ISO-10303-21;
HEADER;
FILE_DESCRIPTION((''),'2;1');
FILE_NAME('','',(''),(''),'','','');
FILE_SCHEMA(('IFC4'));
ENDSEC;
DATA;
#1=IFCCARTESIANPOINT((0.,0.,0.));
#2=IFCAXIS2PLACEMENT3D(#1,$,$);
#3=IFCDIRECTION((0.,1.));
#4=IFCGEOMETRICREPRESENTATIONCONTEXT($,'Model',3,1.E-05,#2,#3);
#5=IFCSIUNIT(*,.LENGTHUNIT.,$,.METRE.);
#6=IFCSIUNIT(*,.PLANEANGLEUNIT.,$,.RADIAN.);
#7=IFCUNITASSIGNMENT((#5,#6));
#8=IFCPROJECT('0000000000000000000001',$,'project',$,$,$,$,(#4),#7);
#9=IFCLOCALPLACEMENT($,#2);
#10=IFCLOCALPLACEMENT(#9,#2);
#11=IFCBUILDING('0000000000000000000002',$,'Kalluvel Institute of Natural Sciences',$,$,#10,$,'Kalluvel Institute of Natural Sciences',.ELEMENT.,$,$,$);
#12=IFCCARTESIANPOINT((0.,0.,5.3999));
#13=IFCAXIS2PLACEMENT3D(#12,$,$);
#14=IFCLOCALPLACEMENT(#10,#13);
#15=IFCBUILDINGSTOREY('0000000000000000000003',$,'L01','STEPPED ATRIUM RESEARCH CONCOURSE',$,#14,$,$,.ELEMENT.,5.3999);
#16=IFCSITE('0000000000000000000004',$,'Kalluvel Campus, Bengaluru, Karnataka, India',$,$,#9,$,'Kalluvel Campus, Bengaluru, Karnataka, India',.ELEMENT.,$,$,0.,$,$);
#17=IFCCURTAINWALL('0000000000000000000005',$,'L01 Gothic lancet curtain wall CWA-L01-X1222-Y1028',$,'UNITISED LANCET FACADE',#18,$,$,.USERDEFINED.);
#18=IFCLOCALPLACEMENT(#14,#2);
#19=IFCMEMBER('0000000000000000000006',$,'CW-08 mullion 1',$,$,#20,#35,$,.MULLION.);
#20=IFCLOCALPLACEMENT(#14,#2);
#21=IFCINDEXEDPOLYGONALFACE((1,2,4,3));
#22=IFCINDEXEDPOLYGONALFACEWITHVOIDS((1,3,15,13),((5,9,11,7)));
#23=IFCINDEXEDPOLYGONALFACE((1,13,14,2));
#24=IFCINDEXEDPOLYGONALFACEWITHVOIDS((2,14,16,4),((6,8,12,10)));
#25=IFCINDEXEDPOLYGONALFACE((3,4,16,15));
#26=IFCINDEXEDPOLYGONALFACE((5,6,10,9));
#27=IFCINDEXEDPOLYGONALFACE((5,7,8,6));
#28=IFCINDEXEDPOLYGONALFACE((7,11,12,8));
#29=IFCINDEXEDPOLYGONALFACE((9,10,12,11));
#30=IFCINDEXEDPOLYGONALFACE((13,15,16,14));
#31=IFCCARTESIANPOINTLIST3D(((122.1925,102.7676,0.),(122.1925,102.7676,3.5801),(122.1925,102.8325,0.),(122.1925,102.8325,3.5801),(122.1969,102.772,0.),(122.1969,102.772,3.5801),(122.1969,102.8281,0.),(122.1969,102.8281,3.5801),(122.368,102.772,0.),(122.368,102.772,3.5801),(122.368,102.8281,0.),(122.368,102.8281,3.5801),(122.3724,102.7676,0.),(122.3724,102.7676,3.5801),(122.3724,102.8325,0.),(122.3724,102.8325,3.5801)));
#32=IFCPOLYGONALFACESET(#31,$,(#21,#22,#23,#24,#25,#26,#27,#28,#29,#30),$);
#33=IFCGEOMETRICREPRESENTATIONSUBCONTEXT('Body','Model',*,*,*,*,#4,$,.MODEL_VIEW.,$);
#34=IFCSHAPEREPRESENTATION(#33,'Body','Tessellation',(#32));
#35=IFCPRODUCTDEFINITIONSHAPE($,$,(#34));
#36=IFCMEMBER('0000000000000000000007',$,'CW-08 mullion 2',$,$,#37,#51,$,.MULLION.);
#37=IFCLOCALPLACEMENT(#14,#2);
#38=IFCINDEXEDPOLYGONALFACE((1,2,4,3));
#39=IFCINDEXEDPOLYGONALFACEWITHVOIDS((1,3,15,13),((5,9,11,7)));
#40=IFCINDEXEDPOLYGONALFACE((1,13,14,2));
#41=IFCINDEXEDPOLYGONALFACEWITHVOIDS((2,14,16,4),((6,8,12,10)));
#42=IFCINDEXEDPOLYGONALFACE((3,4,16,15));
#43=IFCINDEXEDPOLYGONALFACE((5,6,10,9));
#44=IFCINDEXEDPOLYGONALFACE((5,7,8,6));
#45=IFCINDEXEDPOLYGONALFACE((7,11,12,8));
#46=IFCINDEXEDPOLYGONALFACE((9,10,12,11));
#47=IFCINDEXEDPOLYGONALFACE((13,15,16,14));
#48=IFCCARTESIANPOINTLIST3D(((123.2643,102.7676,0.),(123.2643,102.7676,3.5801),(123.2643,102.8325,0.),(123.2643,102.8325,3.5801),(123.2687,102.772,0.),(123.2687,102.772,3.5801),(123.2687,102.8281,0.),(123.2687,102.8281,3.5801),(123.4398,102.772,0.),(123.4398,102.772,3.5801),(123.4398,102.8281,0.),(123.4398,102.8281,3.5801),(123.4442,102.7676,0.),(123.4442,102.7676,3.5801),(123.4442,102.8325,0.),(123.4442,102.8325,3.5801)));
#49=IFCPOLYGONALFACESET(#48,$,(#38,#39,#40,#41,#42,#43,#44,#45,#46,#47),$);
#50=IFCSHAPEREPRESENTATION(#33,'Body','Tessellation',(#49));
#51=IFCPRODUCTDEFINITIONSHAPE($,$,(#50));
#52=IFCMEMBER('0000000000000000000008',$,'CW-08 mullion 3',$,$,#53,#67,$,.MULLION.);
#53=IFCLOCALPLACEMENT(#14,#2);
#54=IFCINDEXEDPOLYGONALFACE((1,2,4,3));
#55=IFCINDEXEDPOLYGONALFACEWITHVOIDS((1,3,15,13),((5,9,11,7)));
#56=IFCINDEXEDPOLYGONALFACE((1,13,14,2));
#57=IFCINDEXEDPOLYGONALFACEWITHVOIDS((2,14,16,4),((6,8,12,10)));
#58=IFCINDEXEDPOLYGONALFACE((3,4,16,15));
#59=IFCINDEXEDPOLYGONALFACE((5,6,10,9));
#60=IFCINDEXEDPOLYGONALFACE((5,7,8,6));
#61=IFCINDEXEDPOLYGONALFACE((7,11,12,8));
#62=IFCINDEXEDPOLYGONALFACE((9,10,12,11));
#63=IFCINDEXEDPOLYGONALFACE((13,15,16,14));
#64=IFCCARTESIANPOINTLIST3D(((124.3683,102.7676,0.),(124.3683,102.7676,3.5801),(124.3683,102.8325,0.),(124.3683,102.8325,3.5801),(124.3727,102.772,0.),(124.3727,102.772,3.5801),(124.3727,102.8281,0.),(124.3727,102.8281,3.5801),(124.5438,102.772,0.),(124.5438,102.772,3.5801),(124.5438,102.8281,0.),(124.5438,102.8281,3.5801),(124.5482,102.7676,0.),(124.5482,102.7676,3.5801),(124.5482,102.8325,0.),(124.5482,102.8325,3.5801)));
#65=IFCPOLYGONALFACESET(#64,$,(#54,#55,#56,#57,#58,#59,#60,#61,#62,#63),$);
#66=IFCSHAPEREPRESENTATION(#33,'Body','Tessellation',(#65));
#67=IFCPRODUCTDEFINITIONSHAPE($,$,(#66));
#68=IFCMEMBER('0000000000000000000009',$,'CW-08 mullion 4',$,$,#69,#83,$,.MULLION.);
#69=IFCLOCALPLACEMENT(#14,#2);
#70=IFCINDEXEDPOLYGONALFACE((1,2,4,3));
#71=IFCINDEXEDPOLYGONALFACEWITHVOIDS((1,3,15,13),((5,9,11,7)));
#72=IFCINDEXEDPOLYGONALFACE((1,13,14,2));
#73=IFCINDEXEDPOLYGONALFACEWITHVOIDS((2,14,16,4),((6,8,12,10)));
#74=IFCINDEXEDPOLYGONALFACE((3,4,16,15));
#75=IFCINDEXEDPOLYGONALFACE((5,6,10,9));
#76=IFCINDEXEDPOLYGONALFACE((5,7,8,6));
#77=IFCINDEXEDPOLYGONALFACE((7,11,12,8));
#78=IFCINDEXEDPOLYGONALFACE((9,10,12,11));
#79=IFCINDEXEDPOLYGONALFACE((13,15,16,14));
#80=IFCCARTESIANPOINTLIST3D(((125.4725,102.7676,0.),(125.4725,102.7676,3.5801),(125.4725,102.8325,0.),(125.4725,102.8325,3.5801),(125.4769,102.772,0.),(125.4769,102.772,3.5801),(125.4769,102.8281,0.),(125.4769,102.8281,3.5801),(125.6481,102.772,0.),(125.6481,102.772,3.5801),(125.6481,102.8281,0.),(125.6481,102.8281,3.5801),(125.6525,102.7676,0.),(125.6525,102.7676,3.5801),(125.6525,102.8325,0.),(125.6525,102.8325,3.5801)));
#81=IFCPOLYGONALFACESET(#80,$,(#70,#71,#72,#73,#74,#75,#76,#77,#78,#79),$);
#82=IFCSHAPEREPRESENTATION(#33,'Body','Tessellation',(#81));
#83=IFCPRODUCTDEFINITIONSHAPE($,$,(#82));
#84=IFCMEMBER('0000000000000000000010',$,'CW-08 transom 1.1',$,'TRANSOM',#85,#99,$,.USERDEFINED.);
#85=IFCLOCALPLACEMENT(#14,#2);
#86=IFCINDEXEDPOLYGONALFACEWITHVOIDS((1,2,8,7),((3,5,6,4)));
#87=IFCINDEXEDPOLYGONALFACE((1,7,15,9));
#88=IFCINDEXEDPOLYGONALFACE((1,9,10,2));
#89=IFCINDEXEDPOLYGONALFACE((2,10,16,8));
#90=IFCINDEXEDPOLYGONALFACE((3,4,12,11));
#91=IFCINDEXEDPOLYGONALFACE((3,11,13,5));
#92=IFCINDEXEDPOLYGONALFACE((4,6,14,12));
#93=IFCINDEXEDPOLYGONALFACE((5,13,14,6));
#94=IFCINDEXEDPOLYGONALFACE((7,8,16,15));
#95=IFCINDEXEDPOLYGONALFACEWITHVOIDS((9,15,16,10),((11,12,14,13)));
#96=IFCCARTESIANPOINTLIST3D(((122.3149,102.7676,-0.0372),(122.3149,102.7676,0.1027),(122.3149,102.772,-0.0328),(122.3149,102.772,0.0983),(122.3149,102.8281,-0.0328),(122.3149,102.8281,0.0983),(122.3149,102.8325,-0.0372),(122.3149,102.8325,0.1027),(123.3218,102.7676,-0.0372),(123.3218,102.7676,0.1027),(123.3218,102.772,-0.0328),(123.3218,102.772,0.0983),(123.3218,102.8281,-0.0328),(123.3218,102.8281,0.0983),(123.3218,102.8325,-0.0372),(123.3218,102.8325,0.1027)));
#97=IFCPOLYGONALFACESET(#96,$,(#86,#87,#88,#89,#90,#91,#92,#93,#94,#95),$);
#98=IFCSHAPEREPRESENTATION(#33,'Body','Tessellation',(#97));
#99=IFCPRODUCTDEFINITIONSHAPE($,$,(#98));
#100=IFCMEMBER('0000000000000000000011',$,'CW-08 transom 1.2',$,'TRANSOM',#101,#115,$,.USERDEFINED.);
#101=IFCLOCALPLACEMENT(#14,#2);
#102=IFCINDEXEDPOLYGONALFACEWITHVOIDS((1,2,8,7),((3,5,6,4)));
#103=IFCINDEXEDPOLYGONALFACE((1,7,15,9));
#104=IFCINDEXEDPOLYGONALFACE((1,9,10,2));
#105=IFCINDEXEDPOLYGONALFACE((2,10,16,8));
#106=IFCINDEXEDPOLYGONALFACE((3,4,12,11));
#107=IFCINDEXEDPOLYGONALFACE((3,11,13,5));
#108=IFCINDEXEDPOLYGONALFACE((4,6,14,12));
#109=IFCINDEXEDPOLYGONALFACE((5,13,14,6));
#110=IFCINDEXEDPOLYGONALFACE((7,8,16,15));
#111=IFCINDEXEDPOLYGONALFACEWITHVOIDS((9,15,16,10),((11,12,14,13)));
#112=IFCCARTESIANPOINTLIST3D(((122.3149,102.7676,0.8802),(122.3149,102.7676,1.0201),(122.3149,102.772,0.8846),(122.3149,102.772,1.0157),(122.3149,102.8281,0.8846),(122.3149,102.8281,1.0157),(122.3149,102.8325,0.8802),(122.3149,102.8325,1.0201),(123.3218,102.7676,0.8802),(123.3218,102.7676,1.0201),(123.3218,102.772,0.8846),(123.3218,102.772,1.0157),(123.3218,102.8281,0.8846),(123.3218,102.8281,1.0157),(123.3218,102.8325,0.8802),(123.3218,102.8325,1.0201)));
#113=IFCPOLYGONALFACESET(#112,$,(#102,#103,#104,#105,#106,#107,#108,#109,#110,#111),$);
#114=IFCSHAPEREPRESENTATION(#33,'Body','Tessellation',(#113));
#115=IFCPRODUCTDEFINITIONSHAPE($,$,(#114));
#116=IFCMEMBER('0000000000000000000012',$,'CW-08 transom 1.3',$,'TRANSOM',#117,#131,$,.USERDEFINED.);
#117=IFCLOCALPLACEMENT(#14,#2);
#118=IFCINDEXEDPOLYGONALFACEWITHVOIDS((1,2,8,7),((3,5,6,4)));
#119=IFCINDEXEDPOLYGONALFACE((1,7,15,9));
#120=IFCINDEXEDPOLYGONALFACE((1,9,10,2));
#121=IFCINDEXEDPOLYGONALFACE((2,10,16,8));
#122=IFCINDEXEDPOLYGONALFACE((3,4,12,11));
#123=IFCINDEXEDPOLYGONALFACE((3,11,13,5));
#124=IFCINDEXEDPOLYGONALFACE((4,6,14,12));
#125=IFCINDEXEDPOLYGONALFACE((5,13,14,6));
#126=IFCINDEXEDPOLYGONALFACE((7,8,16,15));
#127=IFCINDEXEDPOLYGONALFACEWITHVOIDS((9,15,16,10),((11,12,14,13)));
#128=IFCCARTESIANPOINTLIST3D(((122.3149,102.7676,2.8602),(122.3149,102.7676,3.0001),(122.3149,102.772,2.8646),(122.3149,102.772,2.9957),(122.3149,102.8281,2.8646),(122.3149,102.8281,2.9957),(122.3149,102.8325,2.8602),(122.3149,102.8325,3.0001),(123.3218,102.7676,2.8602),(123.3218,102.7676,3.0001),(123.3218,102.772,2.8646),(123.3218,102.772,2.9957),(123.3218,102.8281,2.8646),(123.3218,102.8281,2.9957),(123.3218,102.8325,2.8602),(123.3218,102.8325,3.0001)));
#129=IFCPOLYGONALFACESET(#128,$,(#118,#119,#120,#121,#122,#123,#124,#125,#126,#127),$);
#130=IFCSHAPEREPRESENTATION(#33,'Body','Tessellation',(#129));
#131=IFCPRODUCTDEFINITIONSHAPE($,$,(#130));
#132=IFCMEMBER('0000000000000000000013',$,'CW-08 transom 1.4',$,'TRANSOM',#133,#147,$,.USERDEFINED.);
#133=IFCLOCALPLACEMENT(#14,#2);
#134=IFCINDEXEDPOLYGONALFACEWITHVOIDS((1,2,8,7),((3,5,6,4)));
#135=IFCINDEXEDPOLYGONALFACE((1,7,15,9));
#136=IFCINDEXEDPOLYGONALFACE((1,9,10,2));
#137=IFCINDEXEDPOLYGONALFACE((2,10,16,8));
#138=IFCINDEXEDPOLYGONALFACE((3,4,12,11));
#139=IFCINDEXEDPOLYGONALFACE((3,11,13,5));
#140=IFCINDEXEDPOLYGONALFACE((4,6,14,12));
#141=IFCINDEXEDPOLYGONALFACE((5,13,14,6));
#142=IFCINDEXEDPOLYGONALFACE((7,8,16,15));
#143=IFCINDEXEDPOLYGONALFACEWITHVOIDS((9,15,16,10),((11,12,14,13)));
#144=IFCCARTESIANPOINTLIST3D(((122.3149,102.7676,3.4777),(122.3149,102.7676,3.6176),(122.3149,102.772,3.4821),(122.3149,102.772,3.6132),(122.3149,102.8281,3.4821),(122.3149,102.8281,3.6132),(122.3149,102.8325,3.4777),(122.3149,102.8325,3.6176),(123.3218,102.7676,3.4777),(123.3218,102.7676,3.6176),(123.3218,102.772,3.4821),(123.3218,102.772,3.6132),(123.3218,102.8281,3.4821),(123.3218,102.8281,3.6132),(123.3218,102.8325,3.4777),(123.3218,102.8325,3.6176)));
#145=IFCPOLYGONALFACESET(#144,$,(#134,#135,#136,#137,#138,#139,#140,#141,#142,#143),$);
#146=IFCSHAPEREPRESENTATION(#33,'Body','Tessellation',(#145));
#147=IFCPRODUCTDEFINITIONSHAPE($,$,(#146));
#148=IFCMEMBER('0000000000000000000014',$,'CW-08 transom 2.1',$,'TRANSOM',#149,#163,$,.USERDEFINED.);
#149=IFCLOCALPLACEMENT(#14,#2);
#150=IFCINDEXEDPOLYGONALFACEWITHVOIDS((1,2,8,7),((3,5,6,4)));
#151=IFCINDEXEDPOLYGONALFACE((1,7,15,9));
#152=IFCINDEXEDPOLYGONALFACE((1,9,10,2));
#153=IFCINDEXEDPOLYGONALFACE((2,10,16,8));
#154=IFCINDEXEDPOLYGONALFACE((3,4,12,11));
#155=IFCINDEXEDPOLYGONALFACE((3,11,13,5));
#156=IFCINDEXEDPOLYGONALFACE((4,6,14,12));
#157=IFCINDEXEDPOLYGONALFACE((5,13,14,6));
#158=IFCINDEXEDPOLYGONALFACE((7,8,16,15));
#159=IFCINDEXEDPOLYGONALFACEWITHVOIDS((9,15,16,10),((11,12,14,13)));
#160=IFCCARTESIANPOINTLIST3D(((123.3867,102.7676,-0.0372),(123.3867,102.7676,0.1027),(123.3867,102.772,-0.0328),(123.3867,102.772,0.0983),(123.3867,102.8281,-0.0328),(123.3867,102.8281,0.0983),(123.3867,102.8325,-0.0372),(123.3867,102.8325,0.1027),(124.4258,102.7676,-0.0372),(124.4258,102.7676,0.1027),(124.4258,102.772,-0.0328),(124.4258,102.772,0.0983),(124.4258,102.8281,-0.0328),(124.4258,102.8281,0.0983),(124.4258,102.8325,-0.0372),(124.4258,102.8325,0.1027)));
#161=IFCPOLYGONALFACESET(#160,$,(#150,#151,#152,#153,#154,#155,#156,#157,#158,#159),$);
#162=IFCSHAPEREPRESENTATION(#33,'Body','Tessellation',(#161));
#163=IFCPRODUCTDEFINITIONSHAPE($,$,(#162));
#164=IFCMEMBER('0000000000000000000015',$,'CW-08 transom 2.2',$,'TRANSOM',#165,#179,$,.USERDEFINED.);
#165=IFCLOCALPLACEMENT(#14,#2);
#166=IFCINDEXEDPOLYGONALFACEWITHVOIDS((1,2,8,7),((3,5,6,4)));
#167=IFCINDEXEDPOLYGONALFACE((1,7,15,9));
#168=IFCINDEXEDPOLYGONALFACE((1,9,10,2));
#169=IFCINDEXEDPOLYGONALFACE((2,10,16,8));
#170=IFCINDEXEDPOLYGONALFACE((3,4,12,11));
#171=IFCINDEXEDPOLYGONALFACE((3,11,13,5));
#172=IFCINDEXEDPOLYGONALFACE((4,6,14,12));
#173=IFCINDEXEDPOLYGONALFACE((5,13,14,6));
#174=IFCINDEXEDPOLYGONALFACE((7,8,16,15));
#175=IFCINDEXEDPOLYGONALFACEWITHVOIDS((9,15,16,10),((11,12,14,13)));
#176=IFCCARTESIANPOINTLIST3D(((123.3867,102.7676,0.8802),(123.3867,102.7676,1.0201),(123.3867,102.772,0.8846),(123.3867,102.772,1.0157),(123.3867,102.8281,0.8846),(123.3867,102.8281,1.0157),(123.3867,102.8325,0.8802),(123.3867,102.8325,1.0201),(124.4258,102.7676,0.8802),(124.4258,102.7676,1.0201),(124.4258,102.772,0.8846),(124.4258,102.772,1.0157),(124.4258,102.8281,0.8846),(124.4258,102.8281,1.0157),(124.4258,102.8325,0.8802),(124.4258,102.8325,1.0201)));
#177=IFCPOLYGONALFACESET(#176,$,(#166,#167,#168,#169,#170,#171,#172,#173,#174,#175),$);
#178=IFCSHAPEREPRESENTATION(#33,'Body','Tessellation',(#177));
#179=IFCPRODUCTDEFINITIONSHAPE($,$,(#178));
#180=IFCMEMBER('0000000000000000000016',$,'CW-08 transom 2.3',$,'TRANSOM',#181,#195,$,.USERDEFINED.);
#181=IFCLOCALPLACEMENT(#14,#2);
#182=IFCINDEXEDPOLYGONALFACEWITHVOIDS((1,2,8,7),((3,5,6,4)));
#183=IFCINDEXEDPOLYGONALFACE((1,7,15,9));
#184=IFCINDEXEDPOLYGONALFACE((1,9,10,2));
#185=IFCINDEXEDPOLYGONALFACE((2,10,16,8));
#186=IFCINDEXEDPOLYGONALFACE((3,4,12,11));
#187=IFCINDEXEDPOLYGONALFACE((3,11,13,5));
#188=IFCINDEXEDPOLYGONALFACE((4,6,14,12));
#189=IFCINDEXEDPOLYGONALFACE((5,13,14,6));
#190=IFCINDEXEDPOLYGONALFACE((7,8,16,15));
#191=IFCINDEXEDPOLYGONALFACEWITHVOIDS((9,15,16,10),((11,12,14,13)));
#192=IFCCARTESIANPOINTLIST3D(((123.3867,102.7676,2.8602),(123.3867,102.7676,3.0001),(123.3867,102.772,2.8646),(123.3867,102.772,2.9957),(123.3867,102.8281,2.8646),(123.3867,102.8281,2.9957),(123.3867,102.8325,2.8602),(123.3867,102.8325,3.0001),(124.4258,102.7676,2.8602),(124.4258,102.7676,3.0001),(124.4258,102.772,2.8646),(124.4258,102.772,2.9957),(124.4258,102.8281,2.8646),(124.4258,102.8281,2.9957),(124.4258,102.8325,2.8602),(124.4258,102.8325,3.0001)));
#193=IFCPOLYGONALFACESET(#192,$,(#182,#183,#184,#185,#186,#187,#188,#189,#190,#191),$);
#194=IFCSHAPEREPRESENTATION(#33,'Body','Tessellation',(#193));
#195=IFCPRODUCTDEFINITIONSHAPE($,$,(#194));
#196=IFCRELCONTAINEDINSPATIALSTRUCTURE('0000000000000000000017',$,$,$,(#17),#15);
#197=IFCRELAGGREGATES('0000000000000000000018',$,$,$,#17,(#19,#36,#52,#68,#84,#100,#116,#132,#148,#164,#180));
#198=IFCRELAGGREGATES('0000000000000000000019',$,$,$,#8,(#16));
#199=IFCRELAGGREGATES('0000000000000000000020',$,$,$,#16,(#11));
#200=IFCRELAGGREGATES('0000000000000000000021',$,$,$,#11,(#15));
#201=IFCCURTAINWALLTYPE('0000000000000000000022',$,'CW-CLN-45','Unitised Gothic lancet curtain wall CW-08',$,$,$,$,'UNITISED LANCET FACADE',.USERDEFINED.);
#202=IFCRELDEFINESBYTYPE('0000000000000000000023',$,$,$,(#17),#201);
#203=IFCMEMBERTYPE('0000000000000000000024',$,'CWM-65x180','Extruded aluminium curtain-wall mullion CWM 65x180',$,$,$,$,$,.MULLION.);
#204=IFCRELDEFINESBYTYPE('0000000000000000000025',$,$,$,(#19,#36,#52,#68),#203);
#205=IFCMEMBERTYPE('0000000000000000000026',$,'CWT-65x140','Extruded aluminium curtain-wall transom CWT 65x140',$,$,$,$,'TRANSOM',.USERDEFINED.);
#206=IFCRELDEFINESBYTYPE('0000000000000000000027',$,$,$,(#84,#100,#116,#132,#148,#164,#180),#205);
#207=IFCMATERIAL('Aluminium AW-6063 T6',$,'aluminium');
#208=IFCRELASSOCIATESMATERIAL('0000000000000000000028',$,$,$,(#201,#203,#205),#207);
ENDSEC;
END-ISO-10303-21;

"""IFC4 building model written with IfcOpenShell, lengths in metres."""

from ifc_helpers import new_model, si_unit, direction, frame, origin, origin_2d, place, context, subcontext, project, spatial, hollow_rectangle, extrude, material, material_profile, profile_set, type_object, element, aggregate, save


model = new_model("IFC4")

# Units and contexts
model_context = context("Model", 3, precision=1e-05, world=origin(), true_north=direction((0.0, 1.0)))
body_context = subcontext(model_context, "Body", "Model", "MODEL_VIEW")
ifc_project = project(units=[si_unit("LENGTHUNIT", "METRE"), si_unit("PLANEANGLEUNIT", "RADIAN")], contexts=[model_context])

# Site, building, storey
site_placement = place(None, origin())
site = spatial("IfcSite", under=ifc_project, at=site_placement, Name="Kalluvel Campus, Bengaluru, Karnataka, India", LongName="Kalluvel Campus, Bengaluru, Karnataka, India", CompositionType="ELEMENT", RefElevation=0.0)
building_placement = place(site_placement, origin())
building = spatial("IfcBuilding", under=site, at=building_placement, Name="Kalluvel Institute of Natural Sciences", LongName="Kalluvel Institute of Natural Sciences", CompositionType="ELEMENT")
storey_placement = place(building_placement, frame((0.0, 0.0, 5.3999)))
storey = spatial("IfcBuildingStorey", under=building, at=storey_placement, Name="L01", Description="STEPPED ATRIUM RESEARCH CONCOURSE", CompositionType="ELEMENT", Elevation=5.3999)

# Curtain wall, members
ifc_material_1 = material(Name="Aluminium AW-6063 T6", Category="aluminium")
curtain_wall_type = type_object("IfcCurtainWallType", Name="CW-CLN-45", Description="Unitised Gothic lancet curtain wall CW-08", ElementType="UNITISED LANCET FACADE", PredefinedType="USERDEFINED", material=ifc_material_1)
curtain_wall_placement = place(storey_placement, origin())
curtain_wall = element("IfcCurtainWall", 1, at=curtain_wall_placement, inside=storey, type_object=curtain_wall_type, Name="L01 Gothic lancet curtain wall CWA-L01-X1222-Y1028", ObjectType="UNITISED LANCET FACADE", PredefinedType="USERDEFINED")
ifc_material_profile_1 = material_profile(ifc_material_1, hollow_rectangle(XDim=0.0649, YDim=0.1799, WallThickness=0.0044, at=origin_2d()), Name="CWM 65x180")
ifc_profile_set_1 = profile_set([ifc_material_profile_1], Name="Aluminium AW-6063 T6")
member_type_1 = type_object("IfcMemberType", Name="CWM-65x180", Description="Extruded aluminium curtain-wall mullion CWM 65x180", PredefinedType="MULLION", material=ifc_profile_set_1)
member_1_placement = place(storey_placement, frame((122.2825, 102.8, 0.0), z_axis=(0.0, 0.0, 1.0), x_axis=(0.0, 1.0, 0.0)))
member_1 = element("IfcMember", 2, at=member_1_placement, type_object=member_type_1, Name="CW-08 mullion 1", PredefinedType="MULLION", context=body_context, shape_type="SweptSolid", body=[
    extrude(hollow_rectangle(XDim=0.0649, YDim=0.1799, WallThickness=0.0044, at=origin_2d()), origin(), (0.0, 0.0, 1.0), 3.5801),
])
member_2_placement = place(storey_placement, frame((123.3542, 102.8, 0.0), z_axis=(0.0, 0.0, 1.0), x_axis=(0.0, 1.0, 0.0)))
member_2 = element("IfcMember", 3, at=member_2_placement, type_object=member_type_1, Name="CW-08 mullion 2", PredefinedType="MULLION", context=body_context, shape_type="SweptSolid", body=[
    extrude(hollow_rectangle(XDim=0.0649, YDim=0.1799, WallThickness=0.0044, at=origin_2d()), origin(), (0.0, 0.0, 1.0), 3.5801),
])
member_3_placement = place(storey_placement, frame((124.4583, 102.8, 0.0), z_axis=(0.0, 0.0, 1.0), x_axis=(0.0, 1.0, 0.0)))
member_3 = element("IfcMember", 4, at=member_3_placement, type_object=member_type_1, Name="CW-08 mullion 3", PredefinedType="MULLION", context=body_context, shape_type="SweptSolid", body=[
    extrude(hollow_rectangle(XDim=0.0649, YDim=0.1799, WallThickness=0.0044, at=origin_2d()), origin(), (0.0, 0.0, 1.0), 3.5801),
])
member_4_placement = place(storey_placement, frame((125.5625, 102.8, 0.0), z_axis=(0.0, 0.0, 1.0), x_axis=(0.0, 1.0, 0.0)))
member_4 = element("IfcMember", 5, at=member_4_placement, type_object=member_type_1, Name="CW-08 mullion 4", PredefinedType="MULLION", context=body_context, shape_type="SweptSolid", body=[
    extrude(hollow_rectangle(XDim=0.0649, YDim=0.1799, WallThickness=0.0044, at=origin_2d()), origin(), (0.0, 0.0, 1.0), 3.5801),
])
ifc_material_profile_2 = material_profile(ifc_material_1, hollow_rectangle(XDim=0.0649, YDim=0.1399, WallThickness=0.0044, at=origin_2d()), Name="CWT 65x140")
ifc_profile_set_2 = profile_set([ifc_material_profile_2], Name="Aluminium AW-6063 T6")
member_type_2 = type_object("IfcMemberType", Name="CWT-65x140", Description="Extruded aluminium curtain-wall transom CWT 65x140", ElementType="TRANSOM", PredefinedType="USERDEFINED", material=ifc_profile_set_2)
member_5_placement = place(storey_placement, frame((122.3149, 102.8, 0.0327), z_axis=(1.0, 0.0, 0.0), x_axis=(0.0, 1.0, 0.0)))
member_5 = element("IfcMember", 6, at=member_5_placement, type_object=member_type_2, Name="CW-08 transom 1.1", ObjectType="TRANSOM", PredefinedType="USERDEFINED", context=body_context, shape_type="SweptSolid", body=[
    extrude(hollow_rectangle(XDim=0.0649, YDim=0.1399, WallThickness=0.0044, at=origin_2d()), origin(), (0.0, 0.0, 1.0), 1.0068),
])
member_6_placement = place(storey_placement, frame((122.3149, 102.8, 0.9502), z_axis=(1.0, 0.0, 0.0), x_axis=(0.0, 1.0, 0.0)))
member_6 = element("IfcMember", 7, at=member_6_placement, type_object=member_type_2, Name="CW-08 transom 1.2", ObjectType="TRANSOM", PredefinedType="USERDEFINED", context=body_context, shape_type="SweptSolid", body=[
    extrude(hollow_rectangle(XDim=0.0649, YDim=0.1399, WallThickness=0.0044, at=origin_2d()), origin(), (0.0, 0.0, 1.0), 1.0068),
])
member_7_placement = place(storey_placement, frame((122.3149, 102.8, 2.9302), z_axis=(1.0, 0.0, 0.0), x_axis=(0.0, 1.0, 0.0)))
member_7 = element("IfcMember", 8, at=member_7_placement, type_object=member_type_2, Name="CW-08 transom 1.3", ObjectType="TRANSOM", PredefinedType="USERDEFINED", context=body_context, shape_type="SweptSolid", body=[
    extrude(hollow_rectangle(XDim=0.0649, YDim=0.1399, WallThickness=0.0044, at=origin_2d()), origin(), (0.0, 0.0, 1.0), 1.0068),
])
member_8_placement = place(storey_placement, frame((122.3149, 102.8, 3.5476), z_axis=(1.0, 0.0, 0.0), x_axis=(0.0, 1.0, 0.0)))
member_8 = element("IfcMember", 9, at=member_8_placement, type_object=member_type_2, Name="CW-08 transom 1.4", ObjectType="TRANSOM", PredefinedType="USERDEFINED", context=body_context, shape_type="SweptSolid", body=[
    extrude(hollow_rectangle(XDim=0.0649, YDim=0.1399, WallThickness=0.0044, at=origin_2d()), origin(), (0.0, 0.0, 1.0), 1.0068),
])
member_9_placement = place(storey_placement, frame((123.3867, 102.8, 0.0327), z_axis=(1.0, 0.0, 0.0), x_axis=(0.0, 1.0, 0.0)))
member_9 = element("IfcMember", 10, at=member_9_placement, type_object=member_type_2, Name="CW-08 transom 2.1", ObjectType="TRANSOM", PredefinedType="USERDEFINED", context=body_context, shape_type="SweptSolid", body=[
    extrude(hollow_rectangle(XDim=0.0649, YDim=0.1399, WallThickness=0.0044, at=origin_2d()), origin(), (0.0, 0.0, 1.0), 1.0391),
])
member_10_placement = place(storey_placement, frame((123.3867, 102.8, 0.9502), z_axis=(1.0, 0.0, 0.0), x_axis=(0.0, 1.0, 0.0)))
member_10 = element("IfcMember", 11, at=member_10_placement, type_object=member_type_2, Name="CW-08 transom 2.2", ObjectType="TRANSOM", PredefinedType="USERDEFINED", context=body_context, shape_type="SweptSolid", body=[
    extrude(hollow_rectangle(XDim=0.0649, YDim=0.1399, WallThickness=0.0044, at=origin_2d()), origin(), (0.0, 0.0, 1.0), 1.0391),
])
member_11_placement = place(storey_placement, frame((123.3867, 102.8, 2.9302), z_axis=(1.0, 0.0, 0.0), x_axis=(0.0, 1.0, 0.0)))
member_11 = element("IfcMember", 12, at=member_11_placement, type_object=member_type_2, Name="CW-08 transom 2.3", ObjectType="TRANSOM", PredefinedType="USERDEFINED", context=body_context, shape_type="SweptSolid", body=[
    extrude(hollow_rectangle(XDim=0.0649, YDim=0.1399, WallThickness=0.0044, at=origin_2d()), origin(), (0.0, 0.0, 1.0), 1.0391),
])

aggregate(curtain_wall, [member_1, member_2, member_3, member_4, member_5, member_6, member_7, member_8, member_9, member_10, member_11])

save(model, "model.ifc")
